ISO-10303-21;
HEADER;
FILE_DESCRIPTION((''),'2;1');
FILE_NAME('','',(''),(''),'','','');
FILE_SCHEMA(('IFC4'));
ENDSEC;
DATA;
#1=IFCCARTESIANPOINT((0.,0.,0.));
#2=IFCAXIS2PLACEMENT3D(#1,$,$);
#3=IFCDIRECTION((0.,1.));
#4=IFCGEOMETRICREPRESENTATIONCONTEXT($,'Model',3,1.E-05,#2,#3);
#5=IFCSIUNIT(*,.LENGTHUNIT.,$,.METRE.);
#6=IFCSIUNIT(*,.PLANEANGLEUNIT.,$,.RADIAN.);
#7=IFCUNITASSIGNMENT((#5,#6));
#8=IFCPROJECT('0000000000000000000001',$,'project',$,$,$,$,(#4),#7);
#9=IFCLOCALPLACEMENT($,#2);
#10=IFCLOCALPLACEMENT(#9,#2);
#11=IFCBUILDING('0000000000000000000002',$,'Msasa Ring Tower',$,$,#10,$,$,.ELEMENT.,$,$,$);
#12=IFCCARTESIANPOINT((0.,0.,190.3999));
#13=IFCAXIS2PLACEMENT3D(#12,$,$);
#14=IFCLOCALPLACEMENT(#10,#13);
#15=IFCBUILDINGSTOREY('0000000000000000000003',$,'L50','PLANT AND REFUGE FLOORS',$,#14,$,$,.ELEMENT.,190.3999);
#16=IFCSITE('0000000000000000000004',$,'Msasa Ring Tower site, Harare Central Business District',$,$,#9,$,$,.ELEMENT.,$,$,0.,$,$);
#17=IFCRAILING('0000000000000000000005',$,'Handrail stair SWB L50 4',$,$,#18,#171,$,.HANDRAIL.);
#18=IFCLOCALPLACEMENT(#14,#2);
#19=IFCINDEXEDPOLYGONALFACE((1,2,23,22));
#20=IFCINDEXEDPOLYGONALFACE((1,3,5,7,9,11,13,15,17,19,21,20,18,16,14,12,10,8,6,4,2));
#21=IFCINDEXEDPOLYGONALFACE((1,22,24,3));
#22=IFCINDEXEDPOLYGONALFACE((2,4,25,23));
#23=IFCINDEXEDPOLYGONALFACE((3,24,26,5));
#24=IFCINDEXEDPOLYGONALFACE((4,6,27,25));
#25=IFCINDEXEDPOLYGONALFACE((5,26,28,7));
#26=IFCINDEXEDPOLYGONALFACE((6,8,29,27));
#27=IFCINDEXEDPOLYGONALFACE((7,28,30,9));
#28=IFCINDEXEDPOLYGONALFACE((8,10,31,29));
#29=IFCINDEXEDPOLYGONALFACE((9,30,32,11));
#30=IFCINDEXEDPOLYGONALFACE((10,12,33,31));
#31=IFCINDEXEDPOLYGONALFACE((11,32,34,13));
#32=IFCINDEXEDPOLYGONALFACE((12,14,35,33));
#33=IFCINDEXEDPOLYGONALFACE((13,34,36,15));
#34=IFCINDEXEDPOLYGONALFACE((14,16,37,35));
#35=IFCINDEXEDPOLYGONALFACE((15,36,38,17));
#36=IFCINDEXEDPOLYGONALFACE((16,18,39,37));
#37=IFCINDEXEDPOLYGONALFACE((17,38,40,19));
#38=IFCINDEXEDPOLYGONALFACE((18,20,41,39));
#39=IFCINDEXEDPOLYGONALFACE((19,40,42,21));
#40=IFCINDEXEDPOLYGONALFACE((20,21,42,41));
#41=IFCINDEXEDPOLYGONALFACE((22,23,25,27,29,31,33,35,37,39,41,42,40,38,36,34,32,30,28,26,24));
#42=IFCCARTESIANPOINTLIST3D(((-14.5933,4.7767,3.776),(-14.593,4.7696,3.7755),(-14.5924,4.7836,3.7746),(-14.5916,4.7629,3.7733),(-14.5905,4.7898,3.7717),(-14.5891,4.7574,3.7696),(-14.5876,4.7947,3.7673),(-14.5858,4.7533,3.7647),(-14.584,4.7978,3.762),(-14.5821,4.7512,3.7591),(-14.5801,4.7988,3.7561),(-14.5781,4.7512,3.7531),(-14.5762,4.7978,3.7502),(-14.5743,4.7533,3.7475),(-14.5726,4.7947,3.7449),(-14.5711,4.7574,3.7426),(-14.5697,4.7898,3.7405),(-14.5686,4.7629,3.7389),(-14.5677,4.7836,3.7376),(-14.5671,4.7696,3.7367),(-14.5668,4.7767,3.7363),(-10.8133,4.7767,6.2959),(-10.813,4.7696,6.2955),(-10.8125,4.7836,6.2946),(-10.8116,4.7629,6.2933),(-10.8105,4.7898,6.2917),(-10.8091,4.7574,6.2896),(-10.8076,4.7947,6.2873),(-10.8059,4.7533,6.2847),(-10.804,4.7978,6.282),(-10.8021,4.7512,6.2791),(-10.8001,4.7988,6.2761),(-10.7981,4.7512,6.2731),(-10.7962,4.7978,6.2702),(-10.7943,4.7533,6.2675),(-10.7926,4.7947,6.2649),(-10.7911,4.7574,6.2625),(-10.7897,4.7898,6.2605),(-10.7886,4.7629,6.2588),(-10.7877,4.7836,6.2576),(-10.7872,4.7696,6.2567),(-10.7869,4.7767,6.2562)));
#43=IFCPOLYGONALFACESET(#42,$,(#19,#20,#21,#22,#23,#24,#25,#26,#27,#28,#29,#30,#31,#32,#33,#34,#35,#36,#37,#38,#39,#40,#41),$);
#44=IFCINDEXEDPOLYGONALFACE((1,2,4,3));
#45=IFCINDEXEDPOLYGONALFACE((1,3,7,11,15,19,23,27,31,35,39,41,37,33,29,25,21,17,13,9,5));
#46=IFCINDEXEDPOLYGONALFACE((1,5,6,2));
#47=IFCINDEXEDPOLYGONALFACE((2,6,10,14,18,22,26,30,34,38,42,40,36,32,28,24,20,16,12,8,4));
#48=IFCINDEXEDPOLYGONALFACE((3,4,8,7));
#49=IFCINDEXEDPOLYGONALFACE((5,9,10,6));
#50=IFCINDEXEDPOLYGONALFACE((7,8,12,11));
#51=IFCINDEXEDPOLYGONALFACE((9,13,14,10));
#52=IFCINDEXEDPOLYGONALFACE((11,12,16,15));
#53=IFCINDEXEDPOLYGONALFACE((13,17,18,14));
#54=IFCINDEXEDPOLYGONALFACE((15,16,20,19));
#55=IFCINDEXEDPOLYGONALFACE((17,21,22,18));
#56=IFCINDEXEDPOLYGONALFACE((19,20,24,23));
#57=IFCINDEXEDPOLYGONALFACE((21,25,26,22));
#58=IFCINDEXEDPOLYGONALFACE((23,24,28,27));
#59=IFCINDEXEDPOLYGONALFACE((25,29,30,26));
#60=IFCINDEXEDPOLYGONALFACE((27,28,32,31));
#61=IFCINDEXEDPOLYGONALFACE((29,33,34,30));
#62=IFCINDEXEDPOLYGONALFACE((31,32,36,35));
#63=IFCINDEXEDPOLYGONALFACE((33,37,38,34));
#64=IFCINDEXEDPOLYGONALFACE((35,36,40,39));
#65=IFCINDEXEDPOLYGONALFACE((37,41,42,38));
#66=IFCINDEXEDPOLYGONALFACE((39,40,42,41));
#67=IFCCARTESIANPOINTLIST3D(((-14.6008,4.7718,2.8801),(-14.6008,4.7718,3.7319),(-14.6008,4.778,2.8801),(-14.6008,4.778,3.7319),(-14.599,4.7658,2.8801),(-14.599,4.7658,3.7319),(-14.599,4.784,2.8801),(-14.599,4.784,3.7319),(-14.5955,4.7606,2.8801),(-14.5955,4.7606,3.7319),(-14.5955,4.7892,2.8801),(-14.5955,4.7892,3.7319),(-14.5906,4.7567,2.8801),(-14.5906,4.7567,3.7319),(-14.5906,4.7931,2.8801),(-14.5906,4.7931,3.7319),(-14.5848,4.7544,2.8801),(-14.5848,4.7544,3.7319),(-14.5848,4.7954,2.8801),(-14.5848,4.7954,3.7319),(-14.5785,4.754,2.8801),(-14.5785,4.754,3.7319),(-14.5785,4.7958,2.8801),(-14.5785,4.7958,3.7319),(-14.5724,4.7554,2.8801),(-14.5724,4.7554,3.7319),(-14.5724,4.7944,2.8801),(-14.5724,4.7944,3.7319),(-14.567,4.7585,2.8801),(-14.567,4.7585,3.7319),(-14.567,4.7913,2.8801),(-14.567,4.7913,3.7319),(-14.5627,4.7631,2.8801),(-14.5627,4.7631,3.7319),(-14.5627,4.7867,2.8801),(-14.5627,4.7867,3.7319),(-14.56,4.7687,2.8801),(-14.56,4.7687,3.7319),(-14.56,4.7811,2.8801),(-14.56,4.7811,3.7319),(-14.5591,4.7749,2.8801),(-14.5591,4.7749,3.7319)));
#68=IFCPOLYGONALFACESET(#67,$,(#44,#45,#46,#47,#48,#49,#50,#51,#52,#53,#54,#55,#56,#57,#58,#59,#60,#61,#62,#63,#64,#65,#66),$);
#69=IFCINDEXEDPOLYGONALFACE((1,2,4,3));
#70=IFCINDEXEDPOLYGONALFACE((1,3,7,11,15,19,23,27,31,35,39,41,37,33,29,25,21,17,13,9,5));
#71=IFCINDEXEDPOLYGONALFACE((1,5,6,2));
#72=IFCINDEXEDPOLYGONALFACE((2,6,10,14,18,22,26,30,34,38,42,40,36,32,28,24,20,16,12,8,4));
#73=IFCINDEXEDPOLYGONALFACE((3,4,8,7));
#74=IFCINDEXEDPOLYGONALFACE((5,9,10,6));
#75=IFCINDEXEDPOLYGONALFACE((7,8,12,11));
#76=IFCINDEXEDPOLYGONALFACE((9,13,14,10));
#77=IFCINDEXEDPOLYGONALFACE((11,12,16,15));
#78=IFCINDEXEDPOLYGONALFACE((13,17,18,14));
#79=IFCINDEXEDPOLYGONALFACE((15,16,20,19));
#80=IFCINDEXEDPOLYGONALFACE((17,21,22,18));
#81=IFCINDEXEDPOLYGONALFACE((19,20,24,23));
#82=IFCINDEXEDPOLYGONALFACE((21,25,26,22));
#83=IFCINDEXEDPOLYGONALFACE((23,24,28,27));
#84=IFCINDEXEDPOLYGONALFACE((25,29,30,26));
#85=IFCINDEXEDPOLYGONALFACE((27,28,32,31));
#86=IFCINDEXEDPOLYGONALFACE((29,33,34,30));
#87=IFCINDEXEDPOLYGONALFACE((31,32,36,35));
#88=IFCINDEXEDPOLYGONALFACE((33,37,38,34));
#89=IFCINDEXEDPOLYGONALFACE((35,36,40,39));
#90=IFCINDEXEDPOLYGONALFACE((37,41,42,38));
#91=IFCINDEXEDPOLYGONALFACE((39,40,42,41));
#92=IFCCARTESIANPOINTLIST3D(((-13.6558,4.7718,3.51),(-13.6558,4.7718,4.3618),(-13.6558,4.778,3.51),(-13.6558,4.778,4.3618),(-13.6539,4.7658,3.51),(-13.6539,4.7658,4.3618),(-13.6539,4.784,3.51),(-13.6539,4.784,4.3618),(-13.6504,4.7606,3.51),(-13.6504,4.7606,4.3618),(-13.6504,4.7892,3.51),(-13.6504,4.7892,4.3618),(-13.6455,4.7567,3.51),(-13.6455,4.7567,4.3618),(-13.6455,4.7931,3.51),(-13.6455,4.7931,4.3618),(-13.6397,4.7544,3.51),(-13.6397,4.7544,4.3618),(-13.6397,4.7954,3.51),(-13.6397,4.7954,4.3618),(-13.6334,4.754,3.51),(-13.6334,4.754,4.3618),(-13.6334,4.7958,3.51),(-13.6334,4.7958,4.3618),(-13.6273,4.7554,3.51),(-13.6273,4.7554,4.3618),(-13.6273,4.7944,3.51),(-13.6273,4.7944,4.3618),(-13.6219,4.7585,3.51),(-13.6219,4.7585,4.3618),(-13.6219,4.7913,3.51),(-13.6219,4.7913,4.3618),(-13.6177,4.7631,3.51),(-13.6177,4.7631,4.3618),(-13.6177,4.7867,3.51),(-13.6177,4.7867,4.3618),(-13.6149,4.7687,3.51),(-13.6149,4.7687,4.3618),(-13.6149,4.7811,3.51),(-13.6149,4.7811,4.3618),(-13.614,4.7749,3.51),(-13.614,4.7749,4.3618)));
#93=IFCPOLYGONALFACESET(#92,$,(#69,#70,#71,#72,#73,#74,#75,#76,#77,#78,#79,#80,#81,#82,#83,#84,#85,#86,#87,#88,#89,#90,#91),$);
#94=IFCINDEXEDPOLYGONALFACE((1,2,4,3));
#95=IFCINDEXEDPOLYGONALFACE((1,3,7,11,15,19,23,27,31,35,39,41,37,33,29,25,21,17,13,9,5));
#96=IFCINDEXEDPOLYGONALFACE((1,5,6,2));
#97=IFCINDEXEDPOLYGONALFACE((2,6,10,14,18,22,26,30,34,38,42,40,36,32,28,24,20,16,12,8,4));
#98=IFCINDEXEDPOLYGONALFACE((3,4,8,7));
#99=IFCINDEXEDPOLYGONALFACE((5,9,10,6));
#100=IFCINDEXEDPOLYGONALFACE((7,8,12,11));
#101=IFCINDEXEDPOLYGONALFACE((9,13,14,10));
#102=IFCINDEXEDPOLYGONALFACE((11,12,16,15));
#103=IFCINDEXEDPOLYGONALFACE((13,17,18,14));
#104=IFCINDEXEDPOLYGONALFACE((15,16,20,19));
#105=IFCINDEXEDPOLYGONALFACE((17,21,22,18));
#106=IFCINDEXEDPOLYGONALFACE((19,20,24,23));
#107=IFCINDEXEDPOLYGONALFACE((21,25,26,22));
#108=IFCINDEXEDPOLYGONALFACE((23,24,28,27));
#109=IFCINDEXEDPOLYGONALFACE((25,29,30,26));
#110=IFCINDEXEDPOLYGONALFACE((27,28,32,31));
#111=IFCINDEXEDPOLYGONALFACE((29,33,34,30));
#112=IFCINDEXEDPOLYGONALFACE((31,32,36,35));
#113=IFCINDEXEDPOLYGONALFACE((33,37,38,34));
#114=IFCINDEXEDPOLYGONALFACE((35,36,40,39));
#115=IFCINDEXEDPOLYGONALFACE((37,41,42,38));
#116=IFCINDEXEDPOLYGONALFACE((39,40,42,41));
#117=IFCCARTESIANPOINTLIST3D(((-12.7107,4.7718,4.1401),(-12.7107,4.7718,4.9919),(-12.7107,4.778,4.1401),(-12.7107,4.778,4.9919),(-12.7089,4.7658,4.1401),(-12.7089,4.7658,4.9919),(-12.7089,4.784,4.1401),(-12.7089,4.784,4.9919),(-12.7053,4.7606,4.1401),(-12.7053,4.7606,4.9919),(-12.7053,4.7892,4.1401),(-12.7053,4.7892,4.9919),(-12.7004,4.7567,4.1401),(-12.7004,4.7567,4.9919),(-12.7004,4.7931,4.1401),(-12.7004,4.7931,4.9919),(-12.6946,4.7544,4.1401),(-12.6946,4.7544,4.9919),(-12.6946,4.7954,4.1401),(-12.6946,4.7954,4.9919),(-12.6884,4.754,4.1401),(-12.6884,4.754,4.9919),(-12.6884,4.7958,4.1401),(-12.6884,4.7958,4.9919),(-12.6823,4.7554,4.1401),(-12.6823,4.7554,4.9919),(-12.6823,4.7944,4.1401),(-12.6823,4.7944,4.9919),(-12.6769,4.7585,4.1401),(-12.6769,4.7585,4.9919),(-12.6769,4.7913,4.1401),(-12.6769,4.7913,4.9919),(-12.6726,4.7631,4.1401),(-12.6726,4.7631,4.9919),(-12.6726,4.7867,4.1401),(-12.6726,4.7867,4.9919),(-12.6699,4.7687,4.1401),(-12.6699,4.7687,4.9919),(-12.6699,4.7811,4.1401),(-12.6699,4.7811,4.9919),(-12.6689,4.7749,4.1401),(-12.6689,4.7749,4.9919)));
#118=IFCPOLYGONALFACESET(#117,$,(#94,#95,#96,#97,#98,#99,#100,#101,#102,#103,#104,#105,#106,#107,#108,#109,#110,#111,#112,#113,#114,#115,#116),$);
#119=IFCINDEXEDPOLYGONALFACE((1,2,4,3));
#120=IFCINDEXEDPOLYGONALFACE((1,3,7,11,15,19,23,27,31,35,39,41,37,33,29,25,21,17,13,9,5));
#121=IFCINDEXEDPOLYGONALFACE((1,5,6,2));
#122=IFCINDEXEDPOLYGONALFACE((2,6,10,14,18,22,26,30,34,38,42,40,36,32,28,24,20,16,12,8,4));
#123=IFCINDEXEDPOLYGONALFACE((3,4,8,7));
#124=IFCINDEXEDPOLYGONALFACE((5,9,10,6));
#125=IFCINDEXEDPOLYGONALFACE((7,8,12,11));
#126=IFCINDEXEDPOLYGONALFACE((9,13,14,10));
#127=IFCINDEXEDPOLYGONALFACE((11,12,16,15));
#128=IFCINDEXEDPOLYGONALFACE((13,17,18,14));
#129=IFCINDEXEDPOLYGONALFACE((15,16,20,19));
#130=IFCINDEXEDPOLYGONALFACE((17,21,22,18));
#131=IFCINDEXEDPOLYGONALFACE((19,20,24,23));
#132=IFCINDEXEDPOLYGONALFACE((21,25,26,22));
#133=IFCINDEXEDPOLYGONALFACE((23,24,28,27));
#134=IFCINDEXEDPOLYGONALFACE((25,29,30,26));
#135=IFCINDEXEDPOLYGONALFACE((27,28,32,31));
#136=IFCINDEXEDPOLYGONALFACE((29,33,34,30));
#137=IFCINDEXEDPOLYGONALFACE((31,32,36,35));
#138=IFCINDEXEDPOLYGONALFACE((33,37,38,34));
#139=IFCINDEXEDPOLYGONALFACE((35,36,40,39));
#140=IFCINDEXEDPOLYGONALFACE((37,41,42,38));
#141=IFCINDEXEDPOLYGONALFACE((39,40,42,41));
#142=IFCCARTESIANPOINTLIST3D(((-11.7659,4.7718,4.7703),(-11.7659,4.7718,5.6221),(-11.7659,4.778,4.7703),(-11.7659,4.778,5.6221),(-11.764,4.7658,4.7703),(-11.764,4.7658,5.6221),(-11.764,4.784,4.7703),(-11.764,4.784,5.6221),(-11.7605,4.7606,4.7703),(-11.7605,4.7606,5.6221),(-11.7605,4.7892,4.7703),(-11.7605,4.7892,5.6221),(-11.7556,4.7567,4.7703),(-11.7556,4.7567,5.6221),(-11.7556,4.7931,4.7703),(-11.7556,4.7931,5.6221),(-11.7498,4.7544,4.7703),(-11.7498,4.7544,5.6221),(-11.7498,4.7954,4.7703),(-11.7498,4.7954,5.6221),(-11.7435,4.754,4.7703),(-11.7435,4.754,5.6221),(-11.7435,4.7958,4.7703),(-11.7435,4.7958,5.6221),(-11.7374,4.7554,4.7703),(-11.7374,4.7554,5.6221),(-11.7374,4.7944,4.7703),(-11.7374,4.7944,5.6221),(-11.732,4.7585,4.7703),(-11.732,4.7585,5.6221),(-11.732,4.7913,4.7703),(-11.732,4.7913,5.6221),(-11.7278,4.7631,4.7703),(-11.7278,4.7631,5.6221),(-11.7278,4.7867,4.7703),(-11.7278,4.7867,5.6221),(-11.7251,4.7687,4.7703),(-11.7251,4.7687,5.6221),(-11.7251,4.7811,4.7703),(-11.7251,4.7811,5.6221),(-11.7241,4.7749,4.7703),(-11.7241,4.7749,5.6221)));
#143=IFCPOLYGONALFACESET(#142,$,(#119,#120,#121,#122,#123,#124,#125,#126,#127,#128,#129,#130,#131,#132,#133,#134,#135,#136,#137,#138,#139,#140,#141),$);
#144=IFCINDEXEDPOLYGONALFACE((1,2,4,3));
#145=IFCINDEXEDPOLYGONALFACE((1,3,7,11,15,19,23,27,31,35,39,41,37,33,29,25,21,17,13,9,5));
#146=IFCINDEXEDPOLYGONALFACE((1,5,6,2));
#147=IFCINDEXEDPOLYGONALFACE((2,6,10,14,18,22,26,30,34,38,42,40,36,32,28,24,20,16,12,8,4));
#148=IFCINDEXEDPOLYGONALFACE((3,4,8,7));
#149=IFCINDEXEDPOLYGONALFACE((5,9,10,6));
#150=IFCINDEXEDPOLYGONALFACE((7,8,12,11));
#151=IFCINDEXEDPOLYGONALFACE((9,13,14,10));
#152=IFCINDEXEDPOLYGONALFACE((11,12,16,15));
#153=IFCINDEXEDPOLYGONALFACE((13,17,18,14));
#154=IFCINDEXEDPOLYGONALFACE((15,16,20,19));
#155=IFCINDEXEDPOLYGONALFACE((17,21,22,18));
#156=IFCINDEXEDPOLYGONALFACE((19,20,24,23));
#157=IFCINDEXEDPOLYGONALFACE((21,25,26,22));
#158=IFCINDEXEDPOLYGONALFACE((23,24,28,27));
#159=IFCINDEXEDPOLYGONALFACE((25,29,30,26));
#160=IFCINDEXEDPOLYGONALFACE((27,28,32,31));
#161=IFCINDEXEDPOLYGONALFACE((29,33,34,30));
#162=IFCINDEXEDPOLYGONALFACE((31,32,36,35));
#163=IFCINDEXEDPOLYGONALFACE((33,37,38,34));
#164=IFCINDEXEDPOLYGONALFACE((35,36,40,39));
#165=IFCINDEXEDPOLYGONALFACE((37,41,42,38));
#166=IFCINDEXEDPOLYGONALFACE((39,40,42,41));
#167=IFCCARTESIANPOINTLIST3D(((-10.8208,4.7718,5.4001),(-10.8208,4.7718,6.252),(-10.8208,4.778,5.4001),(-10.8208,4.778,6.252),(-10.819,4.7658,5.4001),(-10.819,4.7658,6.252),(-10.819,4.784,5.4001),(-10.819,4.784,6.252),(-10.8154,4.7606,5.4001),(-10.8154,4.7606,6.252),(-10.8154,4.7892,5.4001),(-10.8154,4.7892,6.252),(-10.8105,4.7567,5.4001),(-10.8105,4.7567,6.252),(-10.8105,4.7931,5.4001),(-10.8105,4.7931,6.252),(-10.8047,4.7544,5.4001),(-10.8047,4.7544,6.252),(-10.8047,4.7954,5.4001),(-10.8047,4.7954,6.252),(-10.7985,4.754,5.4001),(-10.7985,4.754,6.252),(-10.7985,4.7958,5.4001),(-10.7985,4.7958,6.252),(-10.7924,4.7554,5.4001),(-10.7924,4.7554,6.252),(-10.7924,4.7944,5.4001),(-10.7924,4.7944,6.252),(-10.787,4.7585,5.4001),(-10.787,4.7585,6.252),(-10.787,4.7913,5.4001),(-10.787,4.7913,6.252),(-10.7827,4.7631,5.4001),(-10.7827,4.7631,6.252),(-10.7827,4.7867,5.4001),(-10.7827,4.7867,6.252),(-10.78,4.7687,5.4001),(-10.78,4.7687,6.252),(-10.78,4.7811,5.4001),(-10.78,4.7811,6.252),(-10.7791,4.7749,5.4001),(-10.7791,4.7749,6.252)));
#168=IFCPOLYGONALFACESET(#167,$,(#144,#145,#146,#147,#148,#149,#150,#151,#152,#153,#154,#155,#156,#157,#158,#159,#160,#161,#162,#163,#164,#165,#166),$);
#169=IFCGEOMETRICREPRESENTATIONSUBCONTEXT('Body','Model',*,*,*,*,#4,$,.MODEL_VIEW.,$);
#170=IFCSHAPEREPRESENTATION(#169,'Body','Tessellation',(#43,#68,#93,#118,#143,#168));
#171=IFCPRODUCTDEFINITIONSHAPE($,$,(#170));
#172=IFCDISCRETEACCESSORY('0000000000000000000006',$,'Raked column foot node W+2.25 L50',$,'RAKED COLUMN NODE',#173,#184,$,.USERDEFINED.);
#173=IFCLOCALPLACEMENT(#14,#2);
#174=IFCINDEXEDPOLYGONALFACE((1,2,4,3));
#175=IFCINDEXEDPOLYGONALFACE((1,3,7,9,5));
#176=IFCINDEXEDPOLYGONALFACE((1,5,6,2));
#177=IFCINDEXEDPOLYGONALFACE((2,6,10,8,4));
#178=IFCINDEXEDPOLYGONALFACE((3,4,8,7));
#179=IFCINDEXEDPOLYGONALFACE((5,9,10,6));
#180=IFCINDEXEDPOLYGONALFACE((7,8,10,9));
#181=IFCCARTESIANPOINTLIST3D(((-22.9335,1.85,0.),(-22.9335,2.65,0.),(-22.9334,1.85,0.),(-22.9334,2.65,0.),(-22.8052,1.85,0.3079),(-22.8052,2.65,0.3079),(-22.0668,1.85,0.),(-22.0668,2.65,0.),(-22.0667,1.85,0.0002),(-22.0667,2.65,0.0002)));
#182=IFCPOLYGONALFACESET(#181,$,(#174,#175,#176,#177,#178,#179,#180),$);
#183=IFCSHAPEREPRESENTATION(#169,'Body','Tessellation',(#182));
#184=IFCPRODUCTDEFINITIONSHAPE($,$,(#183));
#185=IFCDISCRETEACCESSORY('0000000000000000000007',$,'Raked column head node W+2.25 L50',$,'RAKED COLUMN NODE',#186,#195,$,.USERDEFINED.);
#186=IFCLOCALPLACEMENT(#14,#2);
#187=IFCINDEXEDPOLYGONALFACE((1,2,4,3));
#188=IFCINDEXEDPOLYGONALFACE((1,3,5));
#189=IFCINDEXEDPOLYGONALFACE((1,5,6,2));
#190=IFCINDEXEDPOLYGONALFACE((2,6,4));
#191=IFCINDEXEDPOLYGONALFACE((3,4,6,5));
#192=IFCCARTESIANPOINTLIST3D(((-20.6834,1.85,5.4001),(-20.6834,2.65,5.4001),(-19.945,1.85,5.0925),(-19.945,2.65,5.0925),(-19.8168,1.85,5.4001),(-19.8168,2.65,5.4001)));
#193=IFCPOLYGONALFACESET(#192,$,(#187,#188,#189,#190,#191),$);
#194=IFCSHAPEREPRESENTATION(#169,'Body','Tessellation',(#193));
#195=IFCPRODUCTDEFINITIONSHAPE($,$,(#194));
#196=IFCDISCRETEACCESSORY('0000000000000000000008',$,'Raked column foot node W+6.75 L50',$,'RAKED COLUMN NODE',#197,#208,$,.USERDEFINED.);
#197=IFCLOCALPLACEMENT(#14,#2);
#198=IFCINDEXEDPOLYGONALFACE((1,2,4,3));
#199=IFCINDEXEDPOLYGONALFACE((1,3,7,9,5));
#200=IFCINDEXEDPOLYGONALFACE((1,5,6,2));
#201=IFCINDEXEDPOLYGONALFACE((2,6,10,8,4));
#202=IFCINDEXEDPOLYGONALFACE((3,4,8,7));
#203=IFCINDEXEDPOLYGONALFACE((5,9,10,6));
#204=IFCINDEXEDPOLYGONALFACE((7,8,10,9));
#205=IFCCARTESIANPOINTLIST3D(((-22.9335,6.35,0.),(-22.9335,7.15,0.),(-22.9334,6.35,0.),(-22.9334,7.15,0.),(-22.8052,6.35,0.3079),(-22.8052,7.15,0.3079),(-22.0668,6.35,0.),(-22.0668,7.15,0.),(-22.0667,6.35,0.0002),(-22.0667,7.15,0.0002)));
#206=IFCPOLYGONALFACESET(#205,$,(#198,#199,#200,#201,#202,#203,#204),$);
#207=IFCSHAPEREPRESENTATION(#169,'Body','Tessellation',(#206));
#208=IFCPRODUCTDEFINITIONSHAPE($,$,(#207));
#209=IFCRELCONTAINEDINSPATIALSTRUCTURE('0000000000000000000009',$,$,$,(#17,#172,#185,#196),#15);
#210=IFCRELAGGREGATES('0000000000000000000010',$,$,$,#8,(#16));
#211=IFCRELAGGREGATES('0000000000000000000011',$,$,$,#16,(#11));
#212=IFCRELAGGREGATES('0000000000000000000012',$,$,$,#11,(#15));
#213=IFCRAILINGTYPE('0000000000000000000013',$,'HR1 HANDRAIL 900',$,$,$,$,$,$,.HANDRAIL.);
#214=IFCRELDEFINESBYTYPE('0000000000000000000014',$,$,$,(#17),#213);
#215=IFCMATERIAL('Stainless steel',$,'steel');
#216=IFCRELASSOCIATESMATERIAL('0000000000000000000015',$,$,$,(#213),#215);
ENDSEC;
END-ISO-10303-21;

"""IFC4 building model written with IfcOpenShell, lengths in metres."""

from ifc_helpers import new_model, si_unit, direction, frame, origin, origin_2d, place, context, subcontext, project, spatial, rectangle, circle, extrude, clip, halfspace, material, type_object, element, save


model = new_model("IFC4")

# Units and contexts
model_context = context("Model", 3, precision=1e-05, world=origin(), true_north=direction((0.0, 1.0)))
body_context = subcontext(model_context, "Body", "Model", "MODEL_VIEW")
ifc_project = project(units=[si_unit("LENGTHUNIT", "METRE"), si_unit("PLANEANGLEUNIT", "RADIAN")], contexts=[model_context])

# Site, building, storey
site_placement = place(None, origin())
site = spatial("IfcSite", under=ifc_project, at=site_placement, Name="Msasa Ring Tower site, Harare Central Business District", CompositionType="ELEMENT", RefElevation=0.0)
building_placement = place(site_placement, origin())
building = spatial("IfcBuilding", under=site, at=building_placement, Name="Msasa Ring Tower", CompositionType="ELEMENT")
storey_placement = place(building_placement, frame((0.0, 0.0, 190.3999)))
storey = spatial("IfcBuildingStorey", under=building, at=storey_placement, Name="L50", Description="PLANT AND REFUGE FLOORS", CompositionType="ELEMENT", Elevation=190.3999)

# Railing
ifc_material_1 = material(Name="Stainless steel", Category="steel")
railing_type = type_object("IfcRailingType", Name="HR1 HANDRAIL 900", PredefinedType="HANDRAIL", material=ifc_material_1)
for number, where, name in (
    (1, (-14.5801, 4.7749, 2.8801), "Handrail stair SWB L50 4"),
):
    element("IfcRailing", number, at=place(storey_placement, frame(where)), inside=storey, type_object=railing_type, Name=name, PredefinedType="HANDRAIL", context=body_context, shape_type="SweptSolid", body=[
        extrude(circle(Radius=0.0239, at=origin_2d()), frame((0.0, 0.0, 0.876), z_axis=(0.83205, 0.0, 0.5547), x_axis=(0.0, 1.0, 0.0)), (0.0, 0.0, 1.0), 4.543),
        extrude(circle(Radius=0.021, at=origin_2d()), origin(), (0.0, 0.0, 1.0), 0.8518),
        extrude(circle(Radius=0.021, at=origin_2d()), frame((0.9451, 0.0, 0.6299)), (0.0, 0.0, 1.0), 0.8518),
        extrude(circle(Radius=0.021, at=origin_2d()), frame((1.8901, 0.0, 1.26)), (0.0, 0.0, 1.0), 0.8518),
        extrude(circle(Radius=0.021, at=origin_2d()), frame((2.835, 0.0, 1.8901)), (0.0, 0.0, 1.0), 0.8518),
        extrude(circle(Radius=0.021, at=origin_2d()), frame((3.78, 0.0, 2.52)), (0.0, 0.0, 1.0), 0.8518),
    ])

# Discrete accessories
discrete_accessory_1_placement = place(storey_placement, frame((-22.5, 2.25, 0.0)))
element("IfcDiscreteAccessory", 2, at=discrete_accessory_1_placement, inside=storey, Name="Raked column foot node W+2.25 L50", ObjectType="RAKED COLUMN NODE", PredefinedType="USERDEFINED", context=body_context, shape_type="Clipping", body=[
    clip(extrude(rectangle(XDim=0.8, YDim=0.8, at=origin_2d()), frame((-0.0642, 0.0, -0.1538), z_axis=(0.384615, 0.0, 0.923077), x_axis=(0.0, 1.0, 0.0)), (0.0, 0.0, 1.0), 0.3335), halfspace(frame((0.0, 0.0, 0.0), z_axis=(0.0, 0.0, 1.0)), True)),
])
discrete_accessory_2_placement = place(storey_placement, frame((-20.25, 2.25, 5.4001)))
element("IfcDiscreteAccessory", 3, at=discrete_accessory_2_placement, inside=storey, Name="Raked column head node W+2.25 L50", ObjectType="RAKED COLUMN NODE", PredefinedType="USERDEFINED", context=body_context, shape_type="Clipping", body=[
    clip(extrude(rectangle(XDim=0.8, YDim=0.8, at=origin_2d()), frame((-0.0642, 0.0, -0.1538), z_axis=(0.384615, 0.0, 0.923077), x_axis=(0.0, 1.0, 0.0)), (0.0, 0.0, 1.0), 0.3335), halfspace(frame((0.0, 0.0, 0.0), z_axis=(0.0, 0.0, -1.0)), True)),
])
discrete_accessory_3_placement = place(storey_placement, frame((-22.5, 6.75, 0.0)))
element("IfcDiscreteAccessory", 4, at=discrete_accessory_3_placement, inside=storey, Name="Raked column foot node W+6.75 L50", ObjectType="RAKED COLUMN NODE", PredefinedType="USERDEFINED", context=body_context, shape_type="Clipping", body=[
    clip(extrude(rectangle(XDim=0.8, YDim=0.8, at=origin_2d()), frame((-0.0642, 0.0, -0.1538), z_axis=(0.384615, 0.0, 0.923077), x_axis=(0.0, 1.0, 0.0)), (0.0, 0.0, 1.0), 0.3335), halfspace(frame((0.0, 0.0, 0.0), z_axis=(0.0, 0.0, 1.0)), True)),
])

save(model, "model.ifc")
